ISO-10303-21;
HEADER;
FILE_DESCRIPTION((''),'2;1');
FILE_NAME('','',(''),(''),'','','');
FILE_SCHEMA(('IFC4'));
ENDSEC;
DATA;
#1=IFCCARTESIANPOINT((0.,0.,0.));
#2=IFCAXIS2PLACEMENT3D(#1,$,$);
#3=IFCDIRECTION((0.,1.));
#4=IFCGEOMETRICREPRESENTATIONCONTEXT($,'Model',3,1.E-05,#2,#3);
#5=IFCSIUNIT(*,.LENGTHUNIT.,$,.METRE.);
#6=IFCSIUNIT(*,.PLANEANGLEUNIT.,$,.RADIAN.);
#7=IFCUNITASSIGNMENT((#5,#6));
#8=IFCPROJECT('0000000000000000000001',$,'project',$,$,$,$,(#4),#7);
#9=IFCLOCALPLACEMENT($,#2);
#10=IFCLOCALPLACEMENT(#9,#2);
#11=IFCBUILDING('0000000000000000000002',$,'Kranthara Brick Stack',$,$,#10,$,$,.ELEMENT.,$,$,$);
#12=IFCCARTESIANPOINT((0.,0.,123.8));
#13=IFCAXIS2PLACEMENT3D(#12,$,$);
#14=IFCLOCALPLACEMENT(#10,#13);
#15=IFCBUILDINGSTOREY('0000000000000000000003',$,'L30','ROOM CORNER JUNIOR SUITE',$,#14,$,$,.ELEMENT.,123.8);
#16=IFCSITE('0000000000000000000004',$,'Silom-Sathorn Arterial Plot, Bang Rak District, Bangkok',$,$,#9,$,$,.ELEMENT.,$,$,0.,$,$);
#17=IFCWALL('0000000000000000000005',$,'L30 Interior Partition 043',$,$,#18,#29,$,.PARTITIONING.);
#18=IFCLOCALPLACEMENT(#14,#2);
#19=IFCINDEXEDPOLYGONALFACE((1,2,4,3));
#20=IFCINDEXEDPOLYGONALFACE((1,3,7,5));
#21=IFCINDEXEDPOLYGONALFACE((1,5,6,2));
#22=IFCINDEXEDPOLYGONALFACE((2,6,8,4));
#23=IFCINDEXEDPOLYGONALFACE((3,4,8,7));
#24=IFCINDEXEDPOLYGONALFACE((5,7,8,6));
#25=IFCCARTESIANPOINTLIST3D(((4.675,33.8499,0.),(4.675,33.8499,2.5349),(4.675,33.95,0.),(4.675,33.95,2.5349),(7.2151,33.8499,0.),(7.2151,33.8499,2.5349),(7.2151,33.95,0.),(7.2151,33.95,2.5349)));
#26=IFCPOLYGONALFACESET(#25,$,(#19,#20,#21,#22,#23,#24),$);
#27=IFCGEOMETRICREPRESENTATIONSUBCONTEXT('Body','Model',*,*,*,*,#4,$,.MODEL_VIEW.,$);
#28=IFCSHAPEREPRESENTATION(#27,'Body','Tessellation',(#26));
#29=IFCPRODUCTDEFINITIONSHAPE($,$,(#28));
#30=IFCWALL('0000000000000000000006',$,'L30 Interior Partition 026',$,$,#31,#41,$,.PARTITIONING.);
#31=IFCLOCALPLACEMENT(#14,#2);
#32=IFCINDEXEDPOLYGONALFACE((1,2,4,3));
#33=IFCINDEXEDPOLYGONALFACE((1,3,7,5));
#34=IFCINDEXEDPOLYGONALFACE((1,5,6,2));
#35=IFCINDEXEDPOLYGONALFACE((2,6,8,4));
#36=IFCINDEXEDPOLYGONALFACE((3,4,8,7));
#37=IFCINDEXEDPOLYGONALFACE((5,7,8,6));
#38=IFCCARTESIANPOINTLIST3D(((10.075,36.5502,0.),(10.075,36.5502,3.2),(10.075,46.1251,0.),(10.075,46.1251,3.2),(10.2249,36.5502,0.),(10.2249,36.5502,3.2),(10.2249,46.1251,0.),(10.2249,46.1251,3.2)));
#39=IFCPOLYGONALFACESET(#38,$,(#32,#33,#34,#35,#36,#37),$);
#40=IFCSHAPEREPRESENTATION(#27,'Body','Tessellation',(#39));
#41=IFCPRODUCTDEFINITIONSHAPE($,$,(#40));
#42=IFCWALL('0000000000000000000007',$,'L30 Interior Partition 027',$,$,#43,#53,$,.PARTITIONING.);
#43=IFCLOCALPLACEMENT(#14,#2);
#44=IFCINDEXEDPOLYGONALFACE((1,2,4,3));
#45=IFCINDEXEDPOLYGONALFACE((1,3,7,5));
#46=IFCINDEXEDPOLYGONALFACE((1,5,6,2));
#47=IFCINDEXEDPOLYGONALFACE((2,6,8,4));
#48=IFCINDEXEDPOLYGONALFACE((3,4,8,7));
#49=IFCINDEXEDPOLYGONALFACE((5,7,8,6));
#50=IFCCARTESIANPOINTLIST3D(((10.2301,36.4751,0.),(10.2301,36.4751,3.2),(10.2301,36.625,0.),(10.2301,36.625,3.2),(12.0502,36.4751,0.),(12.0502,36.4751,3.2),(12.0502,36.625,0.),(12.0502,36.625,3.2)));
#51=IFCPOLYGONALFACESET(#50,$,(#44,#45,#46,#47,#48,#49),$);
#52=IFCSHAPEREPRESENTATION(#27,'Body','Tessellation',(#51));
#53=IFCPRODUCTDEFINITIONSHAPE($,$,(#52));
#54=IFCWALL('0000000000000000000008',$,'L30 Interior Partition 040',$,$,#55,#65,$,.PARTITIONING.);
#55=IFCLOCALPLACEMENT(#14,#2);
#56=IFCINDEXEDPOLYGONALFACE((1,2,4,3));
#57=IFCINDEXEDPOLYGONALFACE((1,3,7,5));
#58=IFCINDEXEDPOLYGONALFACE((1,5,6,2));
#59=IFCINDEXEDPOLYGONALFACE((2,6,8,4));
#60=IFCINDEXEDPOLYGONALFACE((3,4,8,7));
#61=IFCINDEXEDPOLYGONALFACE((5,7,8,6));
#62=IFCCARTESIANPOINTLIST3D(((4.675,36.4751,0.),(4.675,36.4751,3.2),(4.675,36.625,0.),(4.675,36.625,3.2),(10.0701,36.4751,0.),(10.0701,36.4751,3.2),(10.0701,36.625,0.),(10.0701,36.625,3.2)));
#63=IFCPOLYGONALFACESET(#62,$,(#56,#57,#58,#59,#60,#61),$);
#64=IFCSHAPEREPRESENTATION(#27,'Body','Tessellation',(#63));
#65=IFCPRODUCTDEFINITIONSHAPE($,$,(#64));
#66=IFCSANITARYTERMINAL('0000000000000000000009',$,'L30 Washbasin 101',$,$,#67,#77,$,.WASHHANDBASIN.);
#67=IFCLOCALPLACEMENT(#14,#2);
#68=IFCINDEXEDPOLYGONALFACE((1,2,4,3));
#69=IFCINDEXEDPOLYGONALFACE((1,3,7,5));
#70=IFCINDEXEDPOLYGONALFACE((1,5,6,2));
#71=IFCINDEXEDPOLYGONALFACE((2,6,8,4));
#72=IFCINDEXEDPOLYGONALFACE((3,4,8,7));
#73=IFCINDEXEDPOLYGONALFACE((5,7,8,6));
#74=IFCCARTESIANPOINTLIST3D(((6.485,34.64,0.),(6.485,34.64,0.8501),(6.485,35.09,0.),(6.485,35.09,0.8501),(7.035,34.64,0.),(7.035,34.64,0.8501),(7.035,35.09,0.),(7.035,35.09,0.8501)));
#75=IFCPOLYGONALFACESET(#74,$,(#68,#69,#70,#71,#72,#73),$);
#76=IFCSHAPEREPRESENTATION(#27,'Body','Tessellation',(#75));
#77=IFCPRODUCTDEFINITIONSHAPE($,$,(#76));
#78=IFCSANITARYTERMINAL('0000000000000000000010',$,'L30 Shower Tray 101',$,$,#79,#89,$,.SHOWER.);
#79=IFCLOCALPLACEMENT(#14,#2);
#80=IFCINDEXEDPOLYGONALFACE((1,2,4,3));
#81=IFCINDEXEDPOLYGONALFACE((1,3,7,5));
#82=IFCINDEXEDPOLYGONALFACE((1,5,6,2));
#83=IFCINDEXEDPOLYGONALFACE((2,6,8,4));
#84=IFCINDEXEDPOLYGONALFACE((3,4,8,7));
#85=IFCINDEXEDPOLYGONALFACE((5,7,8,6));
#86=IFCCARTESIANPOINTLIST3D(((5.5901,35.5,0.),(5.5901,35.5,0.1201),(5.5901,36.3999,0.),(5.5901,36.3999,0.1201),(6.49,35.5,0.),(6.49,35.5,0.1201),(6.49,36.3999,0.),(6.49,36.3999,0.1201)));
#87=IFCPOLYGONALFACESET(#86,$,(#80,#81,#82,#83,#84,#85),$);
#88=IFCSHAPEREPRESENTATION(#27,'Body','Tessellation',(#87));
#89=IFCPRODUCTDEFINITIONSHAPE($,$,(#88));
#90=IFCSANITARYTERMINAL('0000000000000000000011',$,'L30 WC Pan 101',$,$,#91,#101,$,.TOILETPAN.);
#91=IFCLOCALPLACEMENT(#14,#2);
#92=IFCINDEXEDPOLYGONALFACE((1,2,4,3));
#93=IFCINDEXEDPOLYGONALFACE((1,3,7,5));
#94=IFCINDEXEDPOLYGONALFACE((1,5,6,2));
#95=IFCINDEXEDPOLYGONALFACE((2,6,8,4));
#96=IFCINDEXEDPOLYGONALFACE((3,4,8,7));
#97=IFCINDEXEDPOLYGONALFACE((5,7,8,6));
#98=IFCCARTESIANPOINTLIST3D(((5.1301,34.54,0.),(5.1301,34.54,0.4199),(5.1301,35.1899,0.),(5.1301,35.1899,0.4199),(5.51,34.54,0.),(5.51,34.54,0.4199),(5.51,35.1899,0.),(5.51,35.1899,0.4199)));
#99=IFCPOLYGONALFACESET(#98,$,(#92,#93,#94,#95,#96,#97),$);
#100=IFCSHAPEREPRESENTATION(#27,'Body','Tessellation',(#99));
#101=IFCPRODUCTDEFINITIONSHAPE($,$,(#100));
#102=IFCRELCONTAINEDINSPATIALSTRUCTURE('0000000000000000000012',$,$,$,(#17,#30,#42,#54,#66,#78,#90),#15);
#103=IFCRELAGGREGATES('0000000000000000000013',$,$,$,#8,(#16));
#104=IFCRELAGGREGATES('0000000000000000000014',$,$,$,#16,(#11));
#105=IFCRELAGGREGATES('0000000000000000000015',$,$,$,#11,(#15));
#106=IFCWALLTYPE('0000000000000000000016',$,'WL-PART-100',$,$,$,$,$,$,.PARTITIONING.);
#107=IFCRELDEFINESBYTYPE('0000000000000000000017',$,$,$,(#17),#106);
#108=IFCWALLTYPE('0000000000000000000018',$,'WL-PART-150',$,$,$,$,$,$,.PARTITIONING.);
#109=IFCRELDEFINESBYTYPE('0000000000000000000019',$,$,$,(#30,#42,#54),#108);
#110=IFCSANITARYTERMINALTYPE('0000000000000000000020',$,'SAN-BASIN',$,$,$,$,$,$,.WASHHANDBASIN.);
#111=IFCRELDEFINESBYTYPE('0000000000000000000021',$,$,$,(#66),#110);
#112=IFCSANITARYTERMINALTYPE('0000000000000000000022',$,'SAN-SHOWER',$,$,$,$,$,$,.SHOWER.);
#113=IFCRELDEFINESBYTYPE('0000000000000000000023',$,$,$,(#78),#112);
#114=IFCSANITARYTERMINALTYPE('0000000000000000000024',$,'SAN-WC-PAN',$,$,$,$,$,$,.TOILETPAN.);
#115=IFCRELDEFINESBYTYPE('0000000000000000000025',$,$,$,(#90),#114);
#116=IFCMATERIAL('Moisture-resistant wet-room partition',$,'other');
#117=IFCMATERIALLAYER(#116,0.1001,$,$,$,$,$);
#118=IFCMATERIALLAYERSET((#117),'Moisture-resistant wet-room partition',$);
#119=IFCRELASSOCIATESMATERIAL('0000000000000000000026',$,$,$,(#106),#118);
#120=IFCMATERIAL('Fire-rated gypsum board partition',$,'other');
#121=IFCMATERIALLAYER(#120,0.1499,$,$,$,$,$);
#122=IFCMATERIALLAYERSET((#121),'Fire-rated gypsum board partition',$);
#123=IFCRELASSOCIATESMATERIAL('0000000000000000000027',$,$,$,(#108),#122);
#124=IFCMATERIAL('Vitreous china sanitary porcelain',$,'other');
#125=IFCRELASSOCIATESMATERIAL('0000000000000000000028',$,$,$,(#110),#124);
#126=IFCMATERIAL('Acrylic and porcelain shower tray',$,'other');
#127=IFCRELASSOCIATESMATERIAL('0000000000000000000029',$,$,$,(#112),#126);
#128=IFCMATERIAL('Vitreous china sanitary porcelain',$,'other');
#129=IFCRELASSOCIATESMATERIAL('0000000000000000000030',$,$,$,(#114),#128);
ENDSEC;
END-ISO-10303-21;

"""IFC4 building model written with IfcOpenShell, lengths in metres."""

from ifc_helpers import new_model, si_unit, direction, frame, frame_2d, origin, origin_2d, place, context, subcontext, project, spatial, rectangle, extrude, material, layer, layer_set, type_object, element, save


model = new_model("IFC4")

# Units and contexts
model_context = context("Model", 3, precision=1e-05, world=origin(), true_north=direction((0.0, 1.0)))
body_context = subcontext(model_context, "Body", "Model", "MODEL_VIEW")
ifc_project = project(units=[si_unit("LENGTHUNIT", "METRE"), si_unit("PLANEANGLEUNIT", "RADIAN")], contexts=[model_context])

# Site, building, storey
site_placement = place(None, origin())
site = spatial("IfcSite", under=ifc_project, at=site_placement, Name="Silom-Sathorn Arterial Plot, Bang Rak District, Bangkok", CompositionType="ELEMENT", RefElevation=0.0)
building_placement = place(site_placement, origin())
building = spatial("IfcBuilding", under=site, at=building_placement, Name="Kranthara Brick Stack", CompositionType="ELEMENT")
storey_placement = place(building_placement, frame((0.0, 0.0, 123.8)))
storey = spatial("IfcBuildingStorey", under=building, at=storey_placement, Name="L30", Description="ROOM CORNER JUNIOR SUITE", CompositionType="ELEMENT", Elevation=123.8)

# Shared definitions
ifc_material_1 = material(Name="Moisture-resistant wet-room partition", Category="other")
ifc_layer_1 = layer(ifc_material_1, 0.1001)
ifc_layer_set_1 = layer_set([ifc_layer_1], Name="Moisture-resistant wet-room partition")
wall_type_1 = type_object("IfcWallType", Name="WL-PART-100", PredefinedType="PARTITIONING", material=ifc_layer_set_1)

# Walls
wall_1_placement = place(storey_placement, frame((4.675, 33.8999, 0.0), z_axis=(0.0, 0.0, 1.0), x_axis=(1.0, 0.0, 0.0)))
element("IfcWall", 1, at=wall_1_placement, inside=storey, type_object=wall_type_1, Name="L30 Interior Partition 043", PredefinedType="PARTITIONING", context=body_context, shape_type="SweptSolid", body=[
    extrude(rectangle(XDim=2.54, YDim=0.1001, at=frame_2d((1.27, 0.0))), origin(), (0.0, 0.0, 1.0), 2.5349),
])
ifc_material_2 = material(Name="Fire-rated gypsum board partition", Category="other")
ifc_layer_2 = layer(ifc_material_2, 0.1499)
ifc_layer_set_2 = layer_set([ifc_layer_2], Name="Fire-rated gypsum board partition")
wall_type_2 = type_object("IfcWallType", Name="WL-PART-150", PredefinedType="PARTITIONING", material=ifc_layer_set_2)
wall_2_placement = place(storey_placement, frame((10.1499, 36.55, 0.0), z_axis=(0.0, 0.0, 1.0), x_axis=(0.0, 1.0, 0.0)))
element("IfcWall", 2, at=wall_2_placement, inside=storey, type_object=wall_type_2, Name="L30 Interior Partition 026", PredefinedType="PARTITIONING", context=body_context, shape_type="SweptSolid", body=[
    extrude(rectangle(XDim=9.575, YDim=0.1499, at=frame_2d((4.7876, 0.0))), origin(), (0.0, 0.0, 1.0), 3.2),
])
wall_3_placement = place(storey_placement, frame((10.23, 36.55, 0.0), z_axis=(0.0, 0.0, 1.0), x_axis=(1.0, 0.0, 0.0)))
element("IfcWall", 3, at=wall_3_placement, inside=storey, type_object=wall_type_2, Name="L30 Interior Partition 027", PredefinedType="PARTITIONING", context=body_context, shape_type="SweptSolid", body=[
    extrude(rectangle(XDim=1.8201, YDim=0.1499, at=frame_2d((0.9102, 0.0))), origin(), (0.0, 0.0, 1.0), 3.2),
])
wall_4_placement = place(storey_placement, frame((4.675, 36.55, 0.0), z_axis=(0.0, 0.0, 1.0), x_axis=(1.0, 0.0, 0.0)))
element("IfcWall", 4, at=wall_4_placement, inside=storey, type_object=wall_type_2, Name="L30 Interior Partition 040", PredefinedType="PARTITIONING", context=body_context, shape_type="SweptSolid", body=[
    extrude(rectangle(XDim=5.395, YDim=0.1499, at=frame_2d((2.6975, 0.0))), origin(), (0.0, 0.0, 1.0), 3.2),
])

# Sanitary terminals
ifc_material_3 = material(Name="Vitreous china sanitary porcelain", Category="other")
sanitary_terminal_type_1 = type_object("IfcSanitaryTerminalType", Name="SAN-BASIN", PredefinedType="WASHHANDBASIN", material=ifc_material_3)
sanitary_terminal_1_placement = place(storey_placement, frame((6.76, 34.865, 0.0), z_axis=(0.0, 0.0, 1.0), x_axis=(1.0, 0.0, 0.0)))
element("IfcSanitaryTerminal", 5, at=sanitary_terminal_1_placement, inside=storey, type_object=sanitary_terminal_type_1, Name="L30 Washbasin 101", PredefinedType="WASHHANDBASIN", context=body_context, shape_type="SweptSolid", body=[
    extrude(rectangle(XDim=0.55, YDim=0.45, at=origin_2d()), origin(), (0.0, 0.0, 1.0), 0.8501),
])
ifc_material_4 = material(Name="Acrylic and porcelain shower tray", Category="other")
sanitary_terminal_type_2 = type_object("IfcSanitaryTerminalType", Name="SAN-SHOWER", PredefinedType="SHOWER", material=ifc_material_4)
sanitary_terminal_2_placement = place(storey_placement, frame((6.04, 35.95, 0.0), z_axis=(0.0, 0.0, 1.0), x_axis=(1.0, 0.0, 0.0)))
element("IfcSanitaryTerminal", 6, at=sanitary_terminal_2_placement, inside=storey, type_object=sanitary_terminal_type_2, Name="L30 Shower Tray 101", PredefinedType="SHOWER", context=body_context, shape_type="SweptSolid", body=[
    extrude(rectangle(XDim=0.8999, YDim=0.8999, at=origin_2d()), origin(), (0.0, 0.0, 1.0), 0.1201),
])
ifc_material_5 = material(Name="Vitreous china sanitary porcelain", Category="other")
sanitary_terminal_type_3 = type_object("IfcSanitaryTerminalType", Name="SAN-WC-PAN", PredefinedType="TOILETPAN", material=ifc_material_5)
sanitary_terminal_3_placement = place(storey_placement, frame((5.3201, 34.865, 0.0), z_axis=(0.0, 0.0, 1.0), x_axis=(1.0, 0.0, 0.0)))
element("IfcSanitaryTerminal", 7, at=sanitary_terminal_3_placement, inside=storey, type_object=sanitary_terminal_type_3, Name="L30 WC Pan 101", PredefinedType="TOILETPAN", context=body_context, shape_type="SweptSolid", body=[
    extrude(rectangle(XDim=0.3799, YDim=0.6499, at=origin_2d()), origin(), (0.0, 0.0, 1.0), 0.4199),
])

save(model, "model.ifc")
